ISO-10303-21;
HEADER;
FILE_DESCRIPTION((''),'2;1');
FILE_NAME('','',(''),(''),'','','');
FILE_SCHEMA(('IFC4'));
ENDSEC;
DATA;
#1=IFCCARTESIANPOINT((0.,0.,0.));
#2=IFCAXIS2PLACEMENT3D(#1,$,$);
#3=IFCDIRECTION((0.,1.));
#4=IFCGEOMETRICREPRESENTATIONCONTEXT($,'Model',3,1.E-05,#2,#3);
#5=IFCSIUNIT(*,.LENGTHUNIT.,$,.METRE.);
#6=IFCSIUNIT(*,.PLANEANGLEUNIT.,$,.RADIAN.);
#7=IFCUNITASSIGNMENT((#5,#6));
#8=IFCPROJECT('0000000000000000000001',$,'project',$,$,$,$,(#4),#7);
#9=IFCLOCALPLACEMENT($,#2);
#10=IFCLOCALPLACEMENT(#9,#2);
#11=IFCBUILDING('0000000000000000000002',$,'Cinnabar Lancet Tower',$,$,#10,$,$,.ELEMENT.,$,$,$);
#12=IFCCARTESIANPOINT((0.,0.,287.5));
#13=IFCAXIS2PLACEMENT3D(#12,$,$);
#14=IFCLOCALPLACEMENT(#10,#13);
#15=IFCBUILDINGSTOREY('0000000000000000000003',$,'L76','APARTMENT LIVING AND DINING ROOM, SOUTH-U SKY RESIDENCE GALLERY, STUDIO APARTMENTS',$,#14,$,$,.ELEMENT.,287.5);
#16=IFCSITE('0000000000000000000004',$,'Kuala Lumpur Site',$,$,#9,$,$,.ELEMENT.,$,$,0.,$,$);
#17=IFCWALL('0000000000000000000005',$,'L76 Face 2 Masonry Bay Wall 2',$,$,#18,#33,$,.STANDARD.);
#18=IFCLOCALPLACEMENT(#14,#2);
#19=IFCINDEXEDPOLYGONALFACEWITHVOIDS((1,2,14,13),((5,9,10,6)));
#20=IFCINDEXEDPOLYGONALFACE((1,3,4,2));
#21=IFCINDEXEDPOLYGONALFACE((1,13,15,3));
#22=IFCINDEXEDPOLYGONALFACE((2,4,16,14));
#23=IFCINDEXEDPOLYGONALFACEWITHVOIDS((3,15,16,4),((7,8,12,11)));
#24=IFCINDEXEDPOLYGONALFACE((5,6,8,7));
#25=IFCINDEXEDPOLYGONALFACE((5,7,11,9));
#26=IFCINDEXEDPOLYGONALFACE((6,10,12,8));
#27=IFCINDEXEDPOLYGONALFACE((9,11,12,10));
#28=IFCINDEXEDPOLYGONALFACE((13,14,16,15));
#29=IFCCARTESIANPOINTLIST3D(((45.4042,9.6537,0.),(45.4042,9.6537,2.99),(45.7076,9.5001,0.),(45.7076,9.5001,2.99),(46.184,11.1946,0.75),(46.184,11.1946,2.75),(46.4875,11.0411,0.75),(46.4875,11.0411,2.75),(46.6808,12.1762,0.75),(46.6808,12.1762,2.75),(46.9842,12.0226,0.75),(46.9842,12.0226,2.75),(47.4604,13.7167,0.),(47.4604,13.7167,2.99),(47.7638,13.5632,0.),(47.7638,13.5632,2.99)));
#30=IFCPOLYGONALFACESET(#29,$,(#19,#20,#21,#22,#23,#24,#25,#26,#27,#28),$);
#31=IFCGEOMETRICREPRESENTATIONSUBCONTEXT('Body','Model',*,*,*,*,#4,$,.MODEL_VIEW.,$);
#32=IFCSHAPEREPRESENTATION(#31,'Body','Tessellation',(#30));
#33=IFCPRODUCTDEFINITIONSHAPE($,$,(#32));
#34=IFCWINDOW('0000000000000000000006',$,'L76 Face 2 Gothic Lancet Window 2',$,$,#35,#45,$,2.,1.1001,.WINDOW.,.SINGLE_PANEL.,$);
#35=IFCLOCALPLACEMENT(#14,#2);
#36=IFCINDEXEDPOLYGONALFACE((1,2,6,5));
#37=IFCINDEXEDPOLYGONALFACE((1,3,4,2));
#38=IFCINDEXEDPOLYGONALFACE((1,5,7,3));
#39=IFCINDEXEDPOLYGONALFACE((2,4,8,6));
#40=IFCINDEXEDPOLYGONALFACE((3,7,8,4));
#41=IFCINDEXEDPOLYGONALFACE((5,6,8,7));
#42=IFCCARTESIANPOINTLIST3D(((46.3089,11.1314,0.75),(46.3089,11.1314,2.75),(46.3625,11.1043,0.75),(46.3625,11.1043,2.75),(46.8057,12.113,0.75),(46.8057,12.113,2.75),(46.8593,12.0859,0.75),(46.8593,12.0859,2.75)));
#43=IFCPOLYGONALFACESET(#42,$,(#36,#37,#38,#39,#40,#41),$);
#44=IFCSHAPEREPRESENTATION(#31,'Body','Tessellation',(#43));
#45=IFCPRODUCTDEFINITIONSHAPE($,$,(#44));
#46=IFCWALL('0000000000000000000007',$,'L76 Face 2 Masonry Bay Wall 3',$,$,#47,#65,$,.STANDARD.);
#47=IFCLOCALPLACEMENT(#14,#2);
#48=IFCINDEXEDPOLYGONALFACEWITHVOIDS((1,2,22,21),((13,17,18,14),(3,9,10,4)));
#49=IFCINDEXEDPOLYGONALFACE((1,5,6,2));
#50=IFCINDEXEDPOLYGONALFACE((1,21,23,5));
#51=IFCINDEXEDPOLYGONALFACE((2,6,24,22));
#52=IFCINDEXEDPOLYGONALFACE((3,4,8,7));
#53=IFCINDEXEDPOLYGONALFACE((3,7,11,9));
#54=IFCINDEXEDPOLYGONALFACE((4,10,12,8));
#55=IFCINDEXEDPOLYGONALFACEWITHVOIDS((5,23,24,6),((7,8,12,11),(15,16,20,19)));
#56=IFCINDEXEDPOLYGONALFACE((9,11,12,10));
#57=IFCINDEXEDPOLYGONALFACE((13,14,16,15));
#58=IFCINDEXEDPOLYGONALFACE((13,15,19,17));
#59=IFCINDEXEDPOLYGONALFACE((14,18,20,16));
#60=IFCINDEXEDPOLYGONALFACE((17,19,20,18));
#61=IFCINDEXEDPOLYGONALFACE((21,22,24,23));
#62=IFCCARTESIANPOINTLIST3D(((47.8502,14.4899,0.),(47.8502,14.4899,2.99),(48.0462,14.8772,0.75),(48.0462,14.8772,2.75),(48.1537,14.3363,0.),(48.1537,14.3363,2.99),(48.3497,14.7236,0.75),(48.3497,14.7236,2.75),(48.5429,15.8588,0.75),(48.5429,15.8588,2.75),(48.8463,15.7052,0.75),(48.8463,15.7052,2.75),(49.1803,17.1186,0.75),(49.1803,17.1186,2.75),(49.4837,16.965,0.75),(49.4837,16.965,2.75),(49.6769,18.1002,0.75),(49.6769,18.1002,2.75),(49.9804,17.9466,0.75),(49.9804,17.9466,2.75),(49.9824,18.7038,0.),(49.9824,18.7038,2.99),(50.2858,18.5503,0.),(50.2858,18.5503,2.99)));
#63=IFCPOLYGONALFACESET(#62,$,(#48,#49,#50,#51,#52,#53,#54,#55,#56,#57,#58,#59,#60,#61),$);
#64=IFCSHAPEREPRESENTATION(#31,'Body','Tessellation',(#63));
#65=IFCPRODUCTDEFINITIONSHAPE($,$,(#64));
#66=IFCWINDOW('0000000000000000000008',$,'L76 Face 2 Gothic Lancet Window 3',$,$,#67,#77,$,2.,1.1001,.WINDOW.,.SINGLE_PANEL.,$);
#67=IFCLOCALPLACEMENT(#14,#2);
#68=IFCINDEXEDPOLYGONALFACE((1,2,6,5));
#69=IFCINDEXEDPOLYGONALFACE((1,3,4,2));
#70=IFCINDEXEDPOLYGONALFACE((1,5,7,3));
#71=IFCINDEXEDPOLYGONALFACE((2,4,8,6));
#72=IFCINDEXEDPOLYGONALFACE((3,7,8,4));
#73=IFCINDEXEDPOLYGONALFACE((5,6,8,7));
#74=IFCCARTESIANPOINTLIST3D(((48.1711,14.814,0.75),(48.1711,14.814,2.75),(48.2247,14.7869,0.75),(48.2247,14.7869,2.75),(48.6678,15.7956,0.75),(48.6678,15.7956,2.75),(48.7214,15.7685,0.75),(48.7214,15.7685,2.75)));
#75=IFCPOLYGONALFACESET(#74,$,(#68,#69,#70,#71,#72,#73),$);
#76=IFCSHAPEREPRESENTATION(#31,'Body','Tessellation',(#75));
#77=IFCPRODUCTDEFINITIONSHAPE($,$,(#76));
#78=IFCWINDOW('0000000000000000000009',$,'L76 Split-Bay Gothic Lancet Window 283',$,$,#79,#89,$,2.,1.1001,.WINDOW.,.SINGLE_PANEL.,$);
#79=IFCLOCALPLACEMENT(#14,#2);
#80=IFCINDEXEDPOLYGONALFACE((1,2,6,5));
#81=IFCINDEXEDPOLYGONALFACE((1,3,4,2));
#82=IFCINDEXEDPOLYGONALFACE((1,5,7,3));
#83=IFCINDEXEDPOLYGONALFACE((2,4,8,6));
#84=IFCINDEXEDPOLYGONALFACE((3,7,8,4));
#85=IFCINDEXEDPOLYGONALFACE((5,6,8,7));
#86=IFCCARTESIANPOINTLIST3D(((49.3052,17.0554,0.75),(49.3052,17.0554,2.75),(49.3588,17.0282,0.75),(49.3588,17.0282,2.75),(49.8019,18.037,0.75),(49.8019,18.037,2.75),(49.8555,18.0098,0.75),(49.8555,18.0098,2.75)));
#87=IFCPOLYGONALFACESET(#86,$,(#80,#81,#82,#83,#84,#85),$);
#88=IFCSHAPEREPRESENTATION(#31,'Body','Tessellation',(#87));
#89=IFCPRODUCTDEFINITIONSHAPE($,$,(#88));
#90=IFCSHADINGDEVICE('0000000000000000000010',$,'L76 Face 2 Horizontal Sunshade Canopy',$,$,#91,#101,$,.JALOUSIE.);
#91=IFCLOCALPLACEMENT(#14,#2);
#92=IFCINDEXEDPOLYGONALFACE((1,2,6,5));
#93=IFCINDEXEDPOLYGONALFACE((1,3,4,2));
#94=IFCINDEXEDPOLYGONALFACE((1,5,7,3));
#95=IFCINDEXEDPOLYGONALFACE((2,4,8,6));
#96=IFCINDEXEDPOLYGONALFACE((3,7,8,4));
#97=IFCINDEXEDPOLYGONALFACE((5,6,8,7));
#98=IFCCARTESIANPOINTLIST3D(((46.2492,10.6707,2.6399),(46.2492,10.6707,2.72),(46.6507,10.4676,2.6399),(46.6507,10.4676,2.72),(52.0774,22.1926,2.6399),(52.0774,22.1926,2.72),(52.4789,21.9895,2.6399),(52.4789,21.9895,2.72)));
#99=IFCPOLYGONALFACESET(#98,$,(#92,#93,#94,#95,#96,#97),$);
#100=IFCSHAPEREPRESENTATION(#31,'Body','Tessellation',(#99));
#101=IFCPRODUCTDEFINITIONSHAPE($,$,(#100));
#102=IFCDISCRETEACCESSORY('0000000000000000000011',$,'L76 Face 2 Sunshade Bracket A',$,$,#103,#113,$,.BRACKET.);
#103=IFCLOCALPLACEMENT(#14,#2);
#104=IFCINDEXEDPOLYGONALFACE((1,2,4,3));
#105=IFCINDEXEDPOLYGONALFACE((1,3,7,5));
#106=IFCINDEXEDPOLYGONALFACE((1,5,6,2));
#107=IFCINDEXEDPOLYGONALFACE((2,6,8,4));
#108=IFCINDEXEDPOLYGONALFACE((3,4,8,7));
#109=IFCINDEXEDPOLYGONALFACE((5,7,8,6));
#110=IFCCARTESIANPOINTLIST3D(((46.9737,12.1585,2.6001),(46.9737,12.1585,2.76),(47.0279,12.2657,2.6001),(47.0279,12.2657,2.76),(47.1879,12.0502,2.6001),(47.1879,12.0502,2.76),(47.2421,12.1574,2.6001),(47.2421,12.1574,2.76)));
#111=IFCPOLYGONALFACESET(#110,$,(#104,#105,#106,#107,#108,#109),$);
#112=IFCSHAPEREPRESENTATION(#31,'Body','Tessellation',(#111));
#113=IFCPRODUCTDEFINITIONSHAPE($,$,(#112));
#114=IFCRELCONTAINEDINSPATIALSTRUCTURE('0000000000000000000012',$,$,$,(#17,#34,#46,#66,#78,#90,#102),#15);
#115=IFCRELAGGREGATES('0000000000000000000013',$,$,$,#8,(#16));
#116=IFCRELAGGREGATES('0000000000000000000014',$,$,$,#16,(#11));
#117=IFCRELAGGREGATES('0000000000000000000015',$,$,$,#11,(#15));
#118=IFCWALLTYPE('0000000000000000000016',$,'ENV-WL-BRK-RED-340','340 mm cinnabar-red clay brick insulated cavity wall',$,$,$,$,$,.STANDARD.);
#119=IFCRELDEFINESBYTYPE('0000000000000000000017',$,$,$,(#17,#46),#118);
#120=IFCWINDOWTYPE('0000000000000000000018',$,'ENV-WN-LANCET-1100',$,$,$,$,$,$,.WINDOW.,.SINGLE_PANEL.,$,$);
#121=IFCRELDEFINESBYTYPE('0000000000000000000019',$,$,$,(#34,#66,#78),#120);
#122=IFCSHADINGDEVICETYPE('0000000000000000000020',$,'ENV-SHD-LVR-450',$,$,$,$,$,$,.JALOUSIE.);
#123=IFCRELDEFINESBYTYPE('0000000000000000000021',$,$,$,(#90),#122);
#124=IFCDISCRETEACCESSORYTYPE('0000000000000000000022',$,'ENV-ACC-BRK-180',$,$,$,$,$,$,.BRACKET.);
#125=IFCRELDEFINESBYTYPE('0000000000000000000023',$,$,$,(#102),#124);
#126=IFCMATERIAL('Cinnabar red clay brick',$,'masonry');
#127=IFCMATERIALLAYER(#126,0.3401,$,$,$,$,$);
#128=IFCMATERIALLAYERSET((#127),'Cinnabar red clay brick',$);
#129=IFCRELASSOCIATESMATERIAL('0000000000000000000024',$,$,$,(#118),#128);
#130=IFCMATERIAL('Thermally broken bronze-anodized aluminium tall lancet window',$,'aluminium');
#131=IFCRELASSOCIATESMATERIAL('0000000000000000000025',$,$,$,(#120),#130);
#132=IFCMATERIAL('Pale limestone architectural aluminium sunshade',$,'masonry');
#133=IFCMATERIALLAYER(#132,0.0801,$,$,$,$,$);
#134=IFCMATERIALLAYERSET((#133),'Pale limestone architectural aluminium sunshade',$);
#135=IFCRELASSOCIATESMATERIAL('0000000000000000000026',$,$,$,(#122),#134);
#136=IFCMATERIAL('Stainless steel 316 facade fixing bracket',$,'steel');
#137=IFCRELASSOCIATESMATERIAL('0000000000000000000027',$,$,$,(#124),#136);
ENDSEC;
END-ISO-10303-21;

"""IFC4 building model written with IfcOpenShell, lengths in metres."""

from ifc_helpers import new_model, si_unit, direction, frame, frame_2d, origin, origin_2d, place, context, subcontext, project, spatial, rectangle, extrude, material, layer, layer_set, type_object, element, fill, save


model = new_model("IFC4")

# Units and contexts
model_context = context("Model", 3, precision=1e-05, world=origin(), true_north=direction((0.0, 1.0)))
body_context = subcontext(model_context, "Body", "Model", "MODEL_VIEW")
ifc_project = project(units=[si_unit("LENGTHUNIT", "METRE"), si_unit("PLANEANGLEUNIT", "RADIAN")], contexts=[model_context])

# Site, building, storey
site_placement = place(None, origin())
site = spatial("IfcSite", under=ifc_project, at=site_placement, Name="Kuala Lumpur Site", CompositionType="ELEMENT", RefElevation=0.0)
building_placement = place(site_placement, origin())
building = spatial("IfcBuilding", under=site, at=building_placement, Name="Cinnabar Lancet Tower", CompositionType="ELEMENT")
storey_placement = place(building_placement, frame((0.0, 0.0, 287.5)))
storey = spatial("IfcBuildingStorey", under=building, at=storey_placement, Name="L76", Description="APARTMENT LIVING AND DINING ROOM, SOUTH-U SKY RESIDENCE GALLERY, STUDIO APARTMENTS", CompositionType="ELEMENT", Elevation=287.5)

# Shared definitions
ifc_material_1 = material(Name="Cinnabar red clay brick", Category="masonry")
ifc_layer_1 = layer(ifc_material_1, 0.3401)
ifc_layer_set_1 = layer_set([ifc_layer_1], Name="Cinnabar red clay brick")
wall_type_1 = type_object("IfcWallType", Name="ENV-WL-BRK-RED-340", Description="340 mm cinnabar-red clay brick insulated cavity wall", PredefinedType="STANDARD", material=ifc_layer_set_1)

# Wall, opening, window
wall_1_placement = place(storey_placement, frame((45.5559, 9.5769, 0.0), z_axis=(0.0, 0.0, 1.0), x_axis=(0.45154, 0.892251, 0.0)))
wall_1 = element("IfcWall", 1, at=wall_1_placement, inside=storey, type_object=wall_type_1, Name="L76 Face 2 Masonry Bay Wall 2", PredefinedType="STANDARD", context=body_context, shape_type="SweptSolid", body=[
    extrude(rectangle(XDim=4.5537, YDim=0.3401, at=frame_2d((2.2769, 0.0))), origin(), (0.0, 0.0, 1.0), 2.99),
])
opening_1_placement = place(wall_1_placement, frame((1.7271, 0.0, 0.75)))
opening_1 = element("IfcOpeningElement", 2, at=opening_1_placement, cuts=wall_1, PredefinedType="OPENING", context=body_context, shape_type="SweptSolid", body=[
    extrude(rectangle(XDim=1.1001, YDim=2.0, at=frame_2d((0.55, 1.0))), frame((0.0, 0.1799, 0.0), z_axis=(0.0, -1.0, 0.0), x_axis=(1.0, 0.0, 0.0)), (0.0, 0.0, 1.0), 0.3601),
])
ifc_material_2 = material(Name="Thermally broken bronze-anodized aluminium tall lancet window", Category="aluminium")
window_type = type_object("IfcWindowType", Name="ENV-WN-LANCET-1100", PartitioningType="SINGLE_PANEL", PredefinedType="WINDOW", material=ifc_material_2)
window_1_placement = place(opening_1_placement, origin())
window_1 = element("IfcWindow", 3, at=window_1_placement, inside=storey, type_object=window_type, Name="L76 Face 2 Gothic Lancet Window 2", OverallHeight=2.0, OverallWidth=1.1001, PartitioningType="SINGLE_PANEL", PredefinedType="WINDOW", context=body_context, shape_type="SweptSolid", body=[
    extrude(rectangle(XDim=1.1001, YDim=2.0, at=frame_2d((0.55, 1.0))), frame((0.0, 0.03, 0.0), z_axis=(0.0, -1.0, 0.0), x_axis=(1.0, 0.0, 0.0)), (0.0, 0.0, 1.0), 0.0601),
])
fill(opening_1, window_1)

# Wall, openings, windows
wall_2_placement = place(storey_placement, frame((48.002, 14.4131, 0.0), z_axis=(0.0, 0.0, 1.0), x_axis=(0.451468, 0.892287, 0.0)))
wall_2 = element("IfcWall", 4, at=wall_2_placement, inside=storey, type_object=wall_type_1, Name="L76 Face 2 Masonry Bay Wall 3", PredefinedType="STANDARD", context=body_context, shape_type="SweptSolid", body=[
    extrude(rectangle(XDim=4.7227, YDim=0.3401, at=frame_2d((2.3613, 0.0))), origin(), (0.0, 0.0, 1.0), 2.99),
])
opening_2_placement = place(wall_2_placement, frame((0.4341, 0.0, 0.75)))
opening_2 = element("IfcOpeningElement", 5, at=opening_2_placement, cuts=wall_2, PredefinedType="OPENING", context=body_context, shape_type="SweptSolid", body=[
    extrude(rectangle(XDim=1.1001, YDim=2.0, at=frame_2d((0.55, 1.0))), frame((0.0, 0.1799, 0.0), z_axis=(0.0, -1.0, 0.0), x_axis=(1.0, 0.0, 0.0)), (0.0, 0.0, 1.0), 0.3601),
])
opening_3_placement = place(wall_2_placement, frame((2.946, 0.0, 0.75)))
opening_3 = element("IfcOpeningElement", 6, at=opening_3_placement, cuts=wall_2, PredefinedType="OPENING", context=body_context, shape_type="SweptSolid", body=[
    extrude(rectangle(XDim=1.1001, YDim=2.0, at=frame_2d((0.55, 1.0))), frame((0.0, 0.1799, 0.0), z_axis=(0.0, -1.0, 0.0), x_axis=(1.0, 0.0, 0.0)), (0.0, 0.0, 1.0), 0.3601),
])
window_2_placement = place(opening_2_placement, origin())
window_2 = element("IfcWindow", 7, at=window_2_placement, inside=storey, type_object=window_type, Name="L76 Face 2 Gothic Lancet Window 3", OverallHeight=2.0, OverallWidth=1.1001, PartitioningType="SINGLE_PANEL", PredefinedType="WINDOW", context=body_context, shape_type="SweptSolid", body=[
    extrude(rectangle(XDim=1.1001, YDim=2.0, at=frame_2d((0.55, 1.0))), frame((0.0, 0.03, 0.0), z_axis=(0.0, -1.0, 0.0), x_axis=(1.0, 0.0, 0.0)), (0.0, 0.0, 1.0), 0.0601),
])
fill(opening_2, window_2)
window_3_placement = place(opening_3_placement, origin())
window_3 = element("IfcWindow", 8, at=window_3_placement, inside=storey, type_object=window_type, Name="L76 Split-Bay Gothic Lancet Window 283", OverallHeight=2.0, OverallWidth=1.1001, PartitioningType="SINGLE_PANEL", PredefinedType="WINDOW", context=body_context, shape_type="SweptSolid", body=[
    extrude(rectangle(XDim=1.1001, YDim=2.0, at=frame_2d((0.55, 1.0))), frame((0.0, 0.03, 0.0), z_axis=(0.0, -1.0, 0.0), x_axis=(1.0, 0.0, 0.0)), (0.0, 0.0, 1.0), 0.0601),
])
fill(opening_3, window_3)

# Shading device
ifc_material_3 = material(Name="Pale limestone architectural aluminium sunshade", Category="masonry")
ifc_layer_2 = layer(ifc_material_3, 0.0801)
ifc_layer_set_2 = layer_set([ifc_layer_2], Name="Pale limestone architectural aluminium sunshade")
shading_device_type = type_object("IfcShadingDeviceType", Name="ENV-SHD-LVR-450", PredefinedType="JALOUSIE", material=ifc_layer_set_2)
shading_device_placement = place(storey_placement, frame((49.364, 16.3301, 2.6399), z_axis=(0.0, 0.0, 1.0), x_axis=(0.451376, 0.892334, 0.0)))
element("IfcShadingDevice", 9, at=shading_device_placement, inside=storey, type_object=shading_device_type, Name="L76 Face 2 Horizontal Sunshade Canopy", PredefinedType="JALOUSIE", context=body_context, shape_type="SweptSolid", body=[
    extrude(rectangle(XDim=12.9121, YDim=0.45, at=origin_2d()), origin(), (0.0, 0.0, 1.0), 0.0801),
])

# Discrete accessory
ifc_material_4 = material(Name="Stainless steel 316 facade fixing bracket", Category="steel")
discrete_accessory_type = type_object("IfcDiscreteAccessoryType", Name="ENV-ACC-BRK-180", PredefinedType="BRACKET", material=ifc_material_4)
discrete_accessory_placement = place(storey_placement, frame((47.1079, 12.158, 2.6001), z_axis=(0.0, 0.0, 1.0), x_axis=(0.451376, 0.892334, 0.0)))
element("IfcDiscreteAccessory", 10, at=discrete_accessory_placement, inside=storey, type_object=discrete_accessory_type, Name="L76 Face 2 Sunshade Bracket A", PredefinedType="BRACKET", context=body_context, shape_type="SweptSolid", body=[
    extrude(rectangle(XDim=0.1201, YDim=0.24, at=origin_2d()), origin(), (0.0, 0.0, 1.0), 0.1599),
])

save(model, "model.ifc")
